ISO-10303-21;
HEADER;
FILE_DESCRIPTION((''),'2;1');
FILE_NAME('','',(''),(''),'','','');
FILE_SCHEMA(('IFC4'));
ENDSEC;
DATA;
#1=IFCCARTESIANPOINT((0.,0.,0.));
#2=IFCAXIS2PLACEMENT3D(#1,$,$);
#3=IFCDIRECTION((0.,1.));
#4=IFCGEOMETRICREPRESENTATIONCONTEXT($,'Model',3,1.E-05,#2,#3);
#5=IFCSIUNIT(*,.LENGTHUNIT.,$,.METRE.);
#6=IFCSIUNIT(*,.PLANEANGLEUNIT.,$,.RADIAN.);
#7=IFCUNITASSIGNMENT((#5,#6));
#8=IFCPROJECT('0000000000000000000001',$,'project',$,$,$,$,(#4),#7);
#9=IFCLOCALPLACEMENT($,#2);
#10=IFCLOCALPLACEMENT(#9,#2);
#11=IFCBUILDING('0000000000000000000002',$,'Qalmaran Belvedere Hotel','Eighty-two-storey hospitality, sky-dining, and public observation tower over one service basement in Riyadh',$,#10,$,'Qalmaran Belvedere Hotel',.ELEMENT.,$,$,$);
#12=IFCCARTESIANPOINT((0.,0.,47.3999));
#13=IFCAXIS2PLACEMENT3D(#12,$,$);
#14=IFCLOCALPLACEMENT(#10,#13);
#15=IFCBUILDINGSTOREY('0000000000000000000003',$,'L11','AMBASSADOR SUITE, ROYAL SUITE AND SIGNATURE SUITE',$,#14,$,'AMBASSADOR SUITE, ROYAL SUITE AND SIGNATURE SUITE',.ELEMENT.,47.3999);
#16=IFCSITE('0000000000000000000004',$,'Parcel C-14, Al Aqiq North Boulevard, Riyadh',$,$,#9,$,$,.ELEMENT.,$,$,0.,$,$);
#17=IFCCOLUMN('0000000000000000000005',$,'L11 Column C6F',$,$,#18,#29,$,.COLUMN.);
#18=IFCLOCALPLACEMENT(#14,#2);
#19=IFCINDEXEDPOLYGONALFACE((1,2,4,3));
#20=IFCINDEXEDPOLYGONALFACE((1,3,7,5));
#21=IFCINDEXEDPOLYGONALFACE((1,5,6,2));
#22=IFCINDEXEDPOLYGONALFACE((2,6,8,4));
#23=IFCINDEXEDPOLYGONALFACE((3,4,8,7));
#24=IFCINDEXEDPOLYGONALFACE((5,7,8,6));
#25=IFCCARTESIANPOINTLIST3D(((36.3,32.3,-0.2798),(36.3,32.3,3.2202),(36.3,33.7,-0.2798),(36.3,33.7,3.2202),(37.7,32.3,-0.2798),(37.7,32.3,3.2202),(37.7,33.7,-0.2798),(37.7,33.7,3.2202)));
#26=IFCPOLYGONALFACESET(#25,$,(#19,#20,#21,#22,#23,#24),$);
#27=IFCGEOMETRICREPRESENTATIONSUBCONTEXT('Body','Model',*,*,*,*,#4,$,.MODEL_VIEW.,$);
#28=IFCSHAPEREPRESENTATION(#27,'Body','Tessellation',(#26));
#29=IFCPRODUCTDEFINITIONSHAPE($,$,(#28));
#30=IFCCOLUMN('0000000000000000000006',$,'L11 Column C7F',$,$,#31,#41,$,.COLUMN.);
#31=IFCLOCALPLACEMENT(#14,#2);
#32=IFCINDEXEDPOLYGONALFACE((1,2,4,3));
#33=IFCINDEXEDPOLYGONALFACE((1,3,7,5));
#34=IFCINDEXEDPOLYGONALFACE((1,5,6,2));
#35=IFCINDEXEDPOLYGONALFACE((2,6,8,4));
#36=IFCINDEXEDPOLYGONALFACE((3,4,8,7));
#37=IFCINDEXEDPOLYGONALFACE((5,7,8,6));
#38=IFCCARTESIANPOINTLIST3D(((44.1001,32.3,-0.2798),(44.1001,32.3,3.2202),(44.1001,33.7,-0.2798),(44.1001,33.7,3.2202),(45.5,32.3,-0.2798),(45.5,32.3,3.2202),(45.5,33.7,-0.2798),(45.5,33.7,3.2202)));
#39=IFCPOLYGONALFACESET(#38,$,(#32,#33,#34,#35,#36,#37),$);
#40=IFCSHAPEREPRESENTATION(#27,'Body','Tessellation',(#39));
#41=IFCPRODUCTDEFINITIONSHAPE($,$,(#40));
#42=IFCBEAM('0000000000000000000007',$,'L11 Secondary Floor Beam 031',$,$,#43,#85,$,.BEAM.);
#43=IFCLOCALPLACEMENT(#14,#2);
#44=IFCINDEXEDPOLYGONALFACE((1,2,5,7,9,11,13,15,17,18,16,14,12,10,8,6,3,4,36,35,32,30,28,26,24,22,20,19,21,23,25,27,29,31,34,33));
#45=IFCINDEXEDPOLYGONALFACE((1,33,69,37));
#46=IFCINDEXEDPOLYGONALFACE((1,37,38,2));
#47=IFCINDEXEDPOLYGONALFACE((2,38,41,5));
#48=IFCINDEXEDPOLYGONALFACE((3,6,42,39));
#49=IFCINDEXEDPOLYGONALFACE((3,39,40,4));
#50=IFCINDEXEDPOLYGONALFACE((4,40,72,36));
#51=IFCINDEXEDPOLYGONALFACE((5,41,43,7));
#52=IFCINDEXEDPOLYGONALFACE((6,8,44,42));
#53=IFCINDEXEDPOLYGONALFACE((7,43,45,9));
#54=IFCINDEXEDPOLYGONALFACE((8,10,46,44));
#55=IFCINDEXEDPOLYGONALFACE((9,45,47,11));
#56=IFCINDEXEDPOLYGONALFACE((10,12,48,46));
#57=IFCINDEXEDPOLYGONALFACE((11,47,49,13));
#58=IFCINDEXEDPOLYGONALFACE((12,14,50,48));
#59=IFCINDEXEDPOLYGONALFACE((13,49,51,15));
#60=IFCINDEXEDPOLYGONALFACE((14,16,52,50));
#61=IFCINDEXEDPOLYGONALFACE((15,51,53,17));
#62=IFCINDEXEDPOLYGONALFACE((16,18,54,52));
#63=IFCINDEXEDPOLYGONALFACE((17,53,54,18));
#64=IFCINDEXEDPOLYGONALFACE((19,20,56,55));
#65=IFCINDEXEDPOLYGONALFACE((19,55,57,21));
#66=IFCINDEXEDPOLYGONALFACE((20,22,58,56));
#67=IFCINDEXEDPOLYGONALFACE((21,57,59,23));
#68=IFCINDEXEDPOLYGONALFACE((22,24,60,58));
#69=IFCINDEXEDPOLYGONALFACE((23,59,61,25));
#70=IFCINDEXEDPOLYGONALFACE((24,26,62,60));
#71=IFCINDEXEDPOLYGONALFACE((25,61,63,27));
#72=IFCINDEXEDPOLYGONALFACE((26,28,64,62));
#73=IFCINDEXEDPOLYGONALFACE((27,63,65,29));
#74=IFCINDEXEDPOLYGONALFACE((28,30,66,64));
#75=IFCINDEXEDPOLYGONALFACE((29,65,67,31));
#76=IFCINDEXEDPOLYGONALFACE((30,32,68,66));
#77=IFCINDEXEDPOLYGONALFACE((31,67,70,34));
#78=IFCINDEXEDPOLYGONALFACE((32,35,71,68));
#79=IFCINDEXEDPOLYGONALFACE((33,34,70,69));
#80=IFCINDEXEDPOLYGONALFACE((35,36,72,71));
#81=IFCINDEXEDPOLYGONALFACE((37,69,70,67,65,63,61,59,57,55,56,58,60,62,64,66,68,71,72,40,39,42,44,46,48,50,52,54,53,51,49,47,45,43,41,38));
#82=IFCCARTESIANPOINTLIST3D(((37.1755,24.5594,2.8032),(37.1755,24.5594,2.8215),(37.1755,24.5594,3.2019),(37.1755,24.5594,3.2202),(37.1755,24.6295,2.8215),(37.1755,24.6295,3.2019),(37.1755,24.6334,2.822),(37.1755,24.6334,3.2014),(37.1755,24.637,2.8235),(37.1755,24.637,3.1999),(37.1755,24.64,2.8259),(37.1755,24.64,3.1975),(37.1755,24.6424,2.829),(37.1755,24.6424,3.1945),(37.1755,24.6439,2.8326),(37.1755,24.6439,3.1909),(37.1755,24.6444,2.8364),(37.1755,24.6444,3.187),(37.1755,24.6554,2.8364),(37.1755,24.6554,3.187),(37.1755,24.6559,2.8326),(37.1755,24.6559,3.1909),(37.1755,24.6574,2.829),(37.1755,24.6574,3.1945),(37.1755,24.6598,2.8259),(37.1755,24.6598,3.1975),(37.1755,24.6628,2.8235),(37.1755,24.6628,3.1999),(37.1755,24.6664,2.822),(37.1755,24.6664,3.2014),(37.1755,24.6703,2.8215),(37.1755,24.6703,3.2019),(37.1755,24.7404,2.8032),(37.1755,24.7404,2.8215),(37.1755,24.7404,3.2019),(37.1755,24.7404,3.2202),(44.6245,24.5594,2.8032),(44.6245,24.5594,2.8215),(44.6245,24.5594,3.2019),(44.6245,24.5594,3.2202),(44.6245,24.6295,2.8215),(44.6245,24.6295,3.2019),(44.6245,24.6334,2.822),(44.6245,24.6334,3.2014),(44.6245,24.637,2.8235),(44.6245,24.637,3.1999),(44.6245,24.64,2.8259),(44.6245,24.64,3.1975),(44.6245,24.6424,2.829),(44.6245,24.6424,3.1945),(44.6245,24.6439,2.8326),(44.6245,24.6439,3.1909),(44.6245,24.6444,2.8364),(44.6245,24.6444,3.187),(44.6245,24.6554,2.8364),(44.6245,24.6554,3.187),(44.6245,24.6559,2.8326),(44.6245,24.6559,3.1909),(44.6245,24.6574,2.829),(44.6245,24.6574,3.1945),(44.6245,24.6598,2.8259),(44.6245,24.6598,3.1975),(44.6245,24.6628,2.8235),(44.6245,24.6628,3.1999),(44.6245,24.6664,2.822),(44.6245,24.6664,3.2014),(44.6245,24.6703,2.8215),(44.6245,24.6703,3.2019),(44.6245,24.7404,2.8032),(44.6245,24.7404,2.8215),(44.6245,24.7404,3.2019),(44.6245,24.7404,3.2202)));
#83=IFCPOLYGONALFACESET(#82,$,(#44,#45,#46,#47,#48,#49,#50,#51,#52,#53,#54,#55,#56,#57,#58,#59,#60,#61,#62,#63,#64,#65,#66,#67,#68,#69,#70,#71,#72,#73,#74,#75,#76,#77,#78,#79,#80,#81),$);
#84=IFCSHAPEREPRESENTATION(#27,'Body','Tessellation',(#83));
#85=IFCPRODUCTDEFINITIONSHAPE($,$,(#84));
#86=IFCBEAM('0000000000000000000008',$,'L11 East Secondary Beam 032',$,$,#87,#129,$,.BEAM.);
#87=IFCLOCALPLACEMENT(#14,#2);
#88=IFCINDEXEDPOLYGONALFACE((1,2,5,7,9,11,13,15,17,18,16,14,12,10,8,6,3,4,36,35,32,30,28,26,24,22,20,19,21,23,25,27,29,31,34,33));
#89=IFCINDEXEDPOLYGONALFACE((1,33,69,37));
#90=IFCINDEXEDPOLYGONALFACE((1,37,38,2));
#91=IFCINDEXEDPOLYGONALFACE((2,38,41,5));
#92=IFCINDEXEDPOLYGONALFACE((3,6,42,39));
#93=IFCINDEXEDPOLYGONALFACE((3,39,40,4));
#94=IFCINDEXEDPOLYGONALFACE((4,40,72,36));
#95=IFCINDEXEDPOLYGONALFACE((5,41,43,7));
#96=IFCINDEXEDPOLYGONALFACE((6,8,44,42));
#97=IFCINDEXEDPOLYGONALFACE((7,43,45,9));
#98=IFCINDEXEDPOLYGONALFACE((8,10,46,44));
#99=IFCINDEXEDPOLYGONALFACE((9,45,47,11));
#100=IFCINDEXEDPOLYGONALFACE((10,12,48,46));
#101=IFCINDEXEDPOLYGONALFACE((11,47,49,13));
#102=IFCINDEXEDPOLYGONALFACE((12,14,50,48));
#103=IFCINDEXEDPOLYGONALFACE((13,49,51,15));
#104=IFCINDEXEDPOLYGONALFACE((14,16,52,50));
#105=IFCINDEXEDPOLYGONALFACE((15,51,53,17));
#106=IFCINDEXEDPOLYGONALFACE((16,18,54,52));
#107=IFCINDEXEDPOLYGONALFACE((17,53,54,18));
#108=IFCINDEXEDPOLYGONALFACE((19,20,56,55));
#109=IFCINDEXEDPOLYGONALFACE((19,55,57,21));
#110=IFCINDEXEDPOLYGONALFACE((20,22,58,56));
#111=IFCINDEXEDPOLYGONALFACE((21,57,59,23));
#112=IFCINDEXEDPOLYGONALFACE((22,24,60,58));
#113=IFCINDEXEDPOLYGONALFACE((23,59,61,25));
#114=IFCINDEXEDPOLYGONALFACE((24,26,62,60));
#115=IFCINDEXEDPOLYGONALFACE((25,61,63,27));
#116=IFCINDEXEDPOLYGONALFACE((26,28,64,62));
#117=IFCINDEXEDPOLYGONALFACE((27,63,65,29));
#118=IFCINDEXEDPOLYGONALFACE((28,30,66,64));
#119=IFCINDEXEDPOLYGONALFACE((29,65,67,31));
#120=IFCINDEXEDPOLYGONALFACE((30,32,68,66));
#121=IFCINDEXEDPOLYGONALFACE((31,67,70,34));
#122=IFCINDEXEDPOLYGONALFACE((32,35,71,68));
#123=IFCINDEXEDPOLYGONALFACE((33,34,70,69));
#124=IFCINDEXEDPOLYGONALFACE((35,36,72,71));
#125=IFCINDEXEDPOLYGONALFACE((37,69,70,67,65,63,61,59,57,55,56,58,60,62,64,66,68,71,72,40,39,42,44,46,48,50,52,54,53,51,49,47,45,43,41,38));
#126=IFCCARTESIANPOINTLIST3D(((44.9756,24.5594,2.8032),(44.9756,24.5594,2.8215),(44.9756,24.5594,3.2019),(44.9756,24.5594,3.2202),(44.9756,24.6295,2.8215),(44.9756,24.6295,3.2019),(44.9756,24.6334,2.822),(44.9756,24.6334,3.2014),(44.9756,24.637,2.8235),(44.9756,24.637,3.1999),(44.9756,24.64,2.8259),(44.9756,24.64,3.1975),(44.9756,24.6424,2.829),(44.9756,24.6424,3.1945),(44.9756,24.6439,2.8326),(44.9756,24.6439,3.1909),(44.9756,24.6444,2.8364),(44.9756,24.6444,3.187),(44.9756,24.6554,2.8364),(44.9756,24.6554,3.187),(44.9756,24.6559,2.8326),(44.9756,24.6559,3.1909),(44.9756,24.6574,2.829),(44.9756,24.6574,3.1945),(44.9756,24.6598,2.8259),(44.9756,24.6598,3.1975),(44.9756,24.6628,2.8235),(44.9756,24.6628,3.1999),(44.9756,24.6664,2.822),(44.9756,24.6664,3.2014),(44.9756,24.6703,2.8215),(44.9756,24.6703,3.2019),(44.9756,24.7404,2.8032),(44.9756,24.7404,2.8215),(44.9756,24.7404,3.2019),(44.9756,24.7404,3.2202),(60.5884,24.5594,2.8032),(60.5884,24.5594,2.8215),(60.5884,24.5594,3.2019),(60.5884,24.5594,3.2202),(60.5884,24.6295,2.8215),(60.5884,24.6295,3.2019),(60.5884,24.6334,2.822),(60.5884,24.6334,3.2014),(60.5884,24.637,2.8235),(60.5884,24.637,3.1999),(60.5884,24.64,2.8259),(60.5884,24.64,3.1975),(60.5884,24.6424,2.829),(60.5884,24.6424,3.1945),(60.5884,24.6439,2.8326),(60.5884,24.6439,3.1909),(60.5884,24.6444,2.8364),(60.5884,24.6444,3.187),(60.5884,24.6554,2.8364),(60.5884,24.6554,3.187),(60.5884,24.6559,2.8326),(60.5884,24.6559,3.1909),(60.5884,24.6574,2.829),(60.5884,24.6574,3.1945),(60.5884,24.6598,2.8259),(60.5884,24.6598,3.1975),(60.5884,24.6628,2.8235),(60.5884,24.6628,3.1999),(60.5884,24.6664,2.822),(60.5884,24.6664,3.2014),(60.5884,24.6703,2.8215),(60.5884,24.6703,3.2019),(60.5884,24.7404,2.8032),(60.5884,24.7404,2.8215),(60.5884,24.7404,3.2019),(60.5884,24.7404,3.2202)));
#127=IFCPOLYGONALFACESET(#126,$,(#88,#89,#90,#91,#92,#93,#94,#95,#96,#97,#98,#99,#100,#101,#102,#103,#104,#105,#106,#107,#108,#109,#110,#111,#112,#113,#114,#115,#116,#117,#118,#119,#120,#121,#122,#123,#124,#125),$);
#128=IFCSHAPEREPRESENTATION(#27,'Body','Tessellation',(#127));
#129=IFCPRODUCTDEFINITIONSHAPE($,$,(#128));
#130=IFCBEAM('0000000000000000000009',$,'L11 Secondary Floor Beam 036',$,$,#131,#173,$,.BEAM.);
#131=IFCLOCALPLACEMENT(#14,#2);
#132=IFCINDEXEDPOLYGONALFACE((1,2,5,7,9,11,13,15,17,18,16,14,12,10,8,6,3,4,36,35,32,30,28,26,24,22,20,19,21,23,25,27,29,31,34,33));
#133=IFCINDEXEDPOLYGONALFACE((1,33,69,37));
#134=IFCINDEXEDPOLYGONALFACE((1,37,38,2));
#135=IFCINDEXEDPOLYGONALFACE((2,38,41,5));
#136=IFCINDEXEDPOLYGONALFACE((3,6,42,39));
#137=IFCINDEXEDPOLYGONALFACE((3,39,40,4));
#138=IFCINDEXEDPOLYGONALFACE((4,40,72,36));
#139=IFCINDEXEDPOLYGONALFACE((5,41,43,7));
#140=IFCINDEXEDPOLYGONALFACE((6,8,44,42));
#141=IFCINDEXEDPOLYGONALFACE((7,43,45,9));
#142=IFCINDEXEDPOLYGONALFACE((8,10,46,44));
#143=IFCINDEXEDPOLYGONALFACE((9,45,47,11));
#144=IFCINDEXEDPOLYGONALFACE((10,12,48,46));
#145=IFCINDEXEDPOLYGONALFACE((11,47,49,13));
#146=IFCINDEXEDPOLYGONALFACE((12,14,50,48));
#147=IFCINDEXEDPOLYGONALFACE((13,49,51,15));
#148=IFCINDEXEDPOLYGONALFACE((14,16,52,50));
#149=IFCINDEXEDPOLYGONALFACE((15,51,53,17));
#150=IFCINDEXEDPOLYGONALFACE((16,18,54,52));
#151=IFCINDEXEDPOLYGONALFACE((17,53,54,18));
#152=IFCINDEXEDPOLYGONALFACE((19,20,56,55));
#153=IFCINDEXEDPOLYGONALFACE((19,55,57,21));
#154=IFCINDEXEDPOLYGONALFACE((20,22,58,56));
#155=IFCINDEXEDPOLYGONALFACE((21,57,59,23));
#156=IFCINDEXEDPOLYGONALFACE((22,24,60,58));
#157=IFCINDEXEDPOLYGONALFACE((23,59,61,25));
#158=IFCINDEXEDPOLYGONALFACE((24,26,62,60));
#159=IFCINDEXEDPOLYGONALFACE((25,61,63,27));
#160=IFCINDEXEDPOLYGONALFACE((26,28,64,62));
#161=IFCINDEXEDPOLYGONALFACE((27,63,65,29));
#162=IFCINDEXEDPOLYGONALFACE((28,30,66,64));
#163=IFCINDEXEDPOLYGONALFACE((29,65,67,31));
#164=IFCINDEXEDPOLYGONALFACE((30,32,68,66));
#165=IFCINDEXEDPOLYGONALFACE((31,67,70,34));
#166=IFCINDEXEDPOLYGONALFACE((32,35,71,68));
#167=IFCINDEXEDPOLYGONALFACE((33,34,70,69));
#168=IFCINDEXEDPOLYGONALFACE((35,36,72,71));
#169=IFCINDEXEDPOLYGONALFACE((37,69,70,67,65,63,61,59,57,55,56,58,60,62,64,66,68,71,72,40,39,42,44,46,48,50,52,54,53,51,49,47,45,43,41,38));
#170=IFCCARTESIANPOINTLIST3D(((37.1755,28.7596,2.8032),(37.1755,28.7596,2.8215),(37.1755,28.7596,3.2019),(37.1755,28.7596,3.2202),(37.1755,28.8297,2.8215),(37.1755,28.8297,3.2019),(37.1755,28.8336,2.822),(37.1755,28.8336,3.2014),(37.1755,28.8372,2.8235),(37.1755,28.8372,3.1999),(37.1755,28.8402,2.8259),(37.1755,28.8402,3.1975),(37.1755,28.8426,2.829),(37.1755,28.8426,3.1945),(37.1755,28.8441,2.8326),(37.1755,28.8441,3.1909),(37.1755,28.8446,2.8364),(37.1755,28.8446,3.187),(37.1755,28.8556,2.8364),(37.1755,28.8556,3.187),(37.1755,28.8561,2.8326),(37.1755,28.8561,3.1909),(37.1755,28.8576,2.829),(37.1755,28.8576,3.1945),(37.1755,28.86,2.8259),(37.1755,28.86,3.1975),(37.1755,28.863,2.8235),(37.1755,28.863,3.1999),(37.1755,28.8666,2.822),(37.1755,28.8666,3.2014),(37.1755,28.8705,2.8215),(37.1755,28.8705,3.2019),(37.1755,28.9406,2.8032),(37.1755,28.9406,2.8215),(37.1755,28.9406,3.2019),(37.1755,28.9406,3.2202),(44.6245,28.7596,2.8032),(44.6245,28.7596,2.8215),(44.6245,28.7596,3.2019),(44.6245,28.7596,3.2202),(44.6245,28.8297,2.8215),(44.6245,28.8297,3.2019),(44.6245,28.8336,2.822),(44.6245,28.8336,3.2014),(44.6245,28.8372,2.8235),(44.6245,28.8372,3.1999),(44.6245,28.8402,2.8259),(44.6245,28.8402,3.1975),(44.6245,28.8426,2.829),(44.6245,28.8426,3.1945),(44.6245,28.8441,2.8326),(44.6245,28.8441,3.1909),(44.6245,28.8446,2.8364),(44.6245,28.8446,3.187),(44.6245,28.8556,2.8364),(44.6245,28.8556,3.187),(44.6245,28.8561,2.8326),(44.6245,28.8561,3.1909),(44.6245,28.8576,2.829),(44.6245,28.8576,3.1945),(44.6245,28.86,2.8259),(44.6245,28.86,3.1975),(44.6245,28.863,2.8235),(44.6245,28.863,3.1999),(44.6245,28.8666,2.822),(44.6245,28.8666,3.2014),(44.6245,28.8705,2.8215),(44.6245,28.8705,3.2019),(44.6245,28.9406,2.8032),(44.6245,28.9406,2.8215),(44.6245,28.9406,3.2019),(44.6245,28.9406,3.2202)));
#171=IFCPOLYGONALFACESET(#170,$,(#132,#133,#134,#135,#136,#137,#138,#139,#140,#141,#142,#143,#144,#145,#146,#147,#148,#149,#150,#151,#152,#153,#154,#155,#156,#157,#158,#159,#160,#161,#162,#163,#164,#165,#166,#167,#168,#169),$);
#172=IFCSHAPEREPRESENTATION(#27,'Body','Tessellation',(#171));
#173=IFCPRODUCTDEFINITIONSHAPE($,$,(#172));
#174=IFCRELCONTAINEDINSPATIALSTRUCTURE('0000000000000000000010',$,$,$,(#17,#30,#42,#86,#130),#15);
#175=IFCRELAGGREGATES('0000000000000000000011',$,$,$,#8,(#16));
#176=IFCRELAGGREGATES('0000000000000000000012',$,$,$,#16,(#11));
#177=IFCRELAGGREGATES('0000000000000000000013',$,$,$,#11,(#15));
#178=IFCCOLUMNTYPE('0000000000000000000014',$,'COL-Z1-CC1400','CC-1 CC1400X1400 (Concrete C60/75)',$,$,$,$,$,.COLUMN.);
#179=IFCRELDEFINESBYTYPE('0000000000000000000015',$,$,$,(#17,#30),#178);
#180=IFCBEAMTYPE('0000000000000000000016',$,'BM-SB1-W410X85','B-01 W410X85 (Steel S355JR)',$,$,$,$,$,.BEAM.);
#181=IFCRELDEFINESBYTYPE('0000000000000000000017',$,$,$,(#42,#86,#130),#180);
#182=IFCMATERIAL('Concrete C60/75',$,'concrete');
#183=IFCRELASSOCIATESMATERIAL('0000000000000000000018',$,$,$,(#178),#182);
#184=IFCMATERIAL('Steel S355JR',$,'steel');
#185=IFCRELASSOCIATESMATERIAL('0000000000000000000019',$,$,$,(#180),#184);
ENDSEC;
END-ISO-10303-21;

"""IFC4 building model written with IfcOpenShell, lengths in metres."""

from ifc_helpers import new_model, si_unit, direction, frame, origin, origin_2d, place, context, subcontext, project, spatial, rectangle, i_section, extrude, material, material_profile, profile_set, type_object, element, save


model = new_model("IFC4")

# Units and contexts
model_context = context("Model", 3, precision=1e-05, world=origin(), true_north=direction((0.0, 1.0)))
body_context = subcontext(model_context, "Body", "Model", "MODEL_VIEW")
ifc_project = project(units=[si_unit("LENGTHUNIT", "METRE"), si_unit("PLANEANGLEUNIT", "RADIAN")], contexts=[model_context])

# Site, building, storey
site_placement = place(None, origin())
site = spatial("IfcSite", under=ifc_project, at=site_placement, Name="Parcel C-14, Al Aqiq North Boulevard, Riyadh", CompositionType="ELEMENT", RefElevation=0.0)
building_placement = place(site_placement, origin())
building = spatial("IfcBuilding", under=site, at=building_placement, Name="Qalmaran Belvedere Hotel", Description="Eighty-two-storey hospitality, sky-dining, and public observation tower over one service basement in Riyadh", LongName="Qalmaran Belvedere Hotel", CompositionType="ELEMENT")
storey_placement = place(building_placement, frame((0.0, 0.0, 47.3999)))
storey = spatial("IfcBuildingStorey", under=building, at=storey_placement, Name="L11", Description="AMBASSADOR SUITE, ROYAL SUITE AND SIGNATURE SUITE", LongName="AMBASSADOR SUITE, ROYAL SUITE AND SIGNATURE SUITE", CompositionType="ELEMENT", Elevation=47.3999)

# Columns
ifc_material_1 = material(Name="Concrete C60/75", Category="concrete")
ifc_material_profile_1 = material_profile(ifc_material_1, rectangle(XDim=1.3999, YDim=1.3999, at=origin_2d()), Name="CC1400X1400")
ifc_profile_set_1 = profile_set([ifc_material_profile_1], Name="Concrete C60/75")
column_type = type_object("IfcColumnType", Name="COL-Z1-CC1400", Description="CC-1 CC1400X1400 (Concrete C60/75)", PredefinedType="COLUMN", material=ifc_profile_set_1)
for number, where, z_axis, x_axis, name in (
    (1, (37.0, 33.0, -0.2798), (0.0, 0.0, 1.0), (1.0, 0.0, 0.0), "L11 Column C6F"),
    (2, (44.8, 33.0, -0.2798), (0.0, 0.0, 1.0), (1.0, 0.0, 0.0), "L11 Column C7F"),
):
    element("IfcColumn", number, at=place(storey_placement, frame(where, z_axis=z_axis, x_axis=x_axis)), inside=storey, type_object=column_type, Name=name, PredefinedType="COLUMN", context=body_context, shape_type="SweptSolid", body=[
        extrude(rectangle(XDim=1.3999, YDim=1.3999, at=origin_2d()), origin(), (0.0, 0.0, 1.0), 3.5),
    ])

# Beams
ifc_material_2 = material(Name="Steel S355JR", Category="steel")
ifc_material_profile_2 = material_profile(ifc_material_2, i_section(OverallWidth=0.1809, OverallDepth=0.417, WebThickness=0.011, FlangeThickness=0.0183, FilletRadius=0.0149, at=origin_2d()), Name="W410X85")
ifc_profile_set_2 = profile_set([ifc_material_profile_2], Name="Steel S355JR")
beam_type_1 = type_object("IfcBeamType", Name="BM-SB1-W410X85", Description="B-01 W410X85 (Steel S355JR)", PredefinedType="BEAM", material=ifc_profile_set_2)
beam_1_placement = place(storey_placement, frame((37.1755, 24.6499, 3.0117), z_axis=(1.0, 0.0, 0.0), x_axis=(0.0, 1.0, 0.0)))
element("IfcBeam", 3, at=beam_1_placement, inside=storey, type_object=beam_type_1, Name="L11 Secondary Floor Beam 031", PredefinedType="BEAM", context=body_context, shape_type="SweptSolid", body=[
    extrude(i_section(OverallWidth=0.1809, OverallDepth=0.417, WebThickness=0.011, FlangeThickness=0.0183, FilletRadius=0.0149, at=origin_2d()), origin(), (0.0, 0.0, 1.0), 7.449),
])
beam_2_placement = place(storey_placement, frame((44.9756, 24.6499, 3.0117), z_axis=(1.0, 0.0, 0.0), x_axis=(0.0, 1.0, 0.0)))
element("IfcBeam", 4, at=beam_2_placement, inside=storey, type_object=beam_type_1, Name="L11 East Secondary Beam 032", PredefinedType="BEAM", context=body_context, shape_type="SweptSolid", body=[
    extrude(i_section(OverallWidth=0.1809, OverallDepth=0.417, WebThickness=0.011, FlangeThickness=0.0183, FilletRadius=0.0149, at=origin_2d()), origin(), (0.0, 0.0, 1.0), 15.6128),
])
beam_3_placement = place(storey_placement, frame((37.1755, 28.8501, 3.0117), z_axis=(1.0, 0.0, 0.0), x_axis=(0.0, 1.0, 0.0)))
element("IfcBeam", 5, at=beam_3_placement, inside=storey, type_object=beam_type_1, Name="L11 Secondary Floor Beam 036", PredefinedType="BEAM", context=body_context, shape_type="SweptSolid", body=[
    extrude(i_section(OverallWidth=0.1809, OverallDepth=0.417, WebThickness=0.011, FlangeThickness=0.0183, FilletRadius=0.0149, at=origin_2d()), origin(), (0.0, 0.0, 1.0), 7.449),
])

save(model, "model.ifc")
